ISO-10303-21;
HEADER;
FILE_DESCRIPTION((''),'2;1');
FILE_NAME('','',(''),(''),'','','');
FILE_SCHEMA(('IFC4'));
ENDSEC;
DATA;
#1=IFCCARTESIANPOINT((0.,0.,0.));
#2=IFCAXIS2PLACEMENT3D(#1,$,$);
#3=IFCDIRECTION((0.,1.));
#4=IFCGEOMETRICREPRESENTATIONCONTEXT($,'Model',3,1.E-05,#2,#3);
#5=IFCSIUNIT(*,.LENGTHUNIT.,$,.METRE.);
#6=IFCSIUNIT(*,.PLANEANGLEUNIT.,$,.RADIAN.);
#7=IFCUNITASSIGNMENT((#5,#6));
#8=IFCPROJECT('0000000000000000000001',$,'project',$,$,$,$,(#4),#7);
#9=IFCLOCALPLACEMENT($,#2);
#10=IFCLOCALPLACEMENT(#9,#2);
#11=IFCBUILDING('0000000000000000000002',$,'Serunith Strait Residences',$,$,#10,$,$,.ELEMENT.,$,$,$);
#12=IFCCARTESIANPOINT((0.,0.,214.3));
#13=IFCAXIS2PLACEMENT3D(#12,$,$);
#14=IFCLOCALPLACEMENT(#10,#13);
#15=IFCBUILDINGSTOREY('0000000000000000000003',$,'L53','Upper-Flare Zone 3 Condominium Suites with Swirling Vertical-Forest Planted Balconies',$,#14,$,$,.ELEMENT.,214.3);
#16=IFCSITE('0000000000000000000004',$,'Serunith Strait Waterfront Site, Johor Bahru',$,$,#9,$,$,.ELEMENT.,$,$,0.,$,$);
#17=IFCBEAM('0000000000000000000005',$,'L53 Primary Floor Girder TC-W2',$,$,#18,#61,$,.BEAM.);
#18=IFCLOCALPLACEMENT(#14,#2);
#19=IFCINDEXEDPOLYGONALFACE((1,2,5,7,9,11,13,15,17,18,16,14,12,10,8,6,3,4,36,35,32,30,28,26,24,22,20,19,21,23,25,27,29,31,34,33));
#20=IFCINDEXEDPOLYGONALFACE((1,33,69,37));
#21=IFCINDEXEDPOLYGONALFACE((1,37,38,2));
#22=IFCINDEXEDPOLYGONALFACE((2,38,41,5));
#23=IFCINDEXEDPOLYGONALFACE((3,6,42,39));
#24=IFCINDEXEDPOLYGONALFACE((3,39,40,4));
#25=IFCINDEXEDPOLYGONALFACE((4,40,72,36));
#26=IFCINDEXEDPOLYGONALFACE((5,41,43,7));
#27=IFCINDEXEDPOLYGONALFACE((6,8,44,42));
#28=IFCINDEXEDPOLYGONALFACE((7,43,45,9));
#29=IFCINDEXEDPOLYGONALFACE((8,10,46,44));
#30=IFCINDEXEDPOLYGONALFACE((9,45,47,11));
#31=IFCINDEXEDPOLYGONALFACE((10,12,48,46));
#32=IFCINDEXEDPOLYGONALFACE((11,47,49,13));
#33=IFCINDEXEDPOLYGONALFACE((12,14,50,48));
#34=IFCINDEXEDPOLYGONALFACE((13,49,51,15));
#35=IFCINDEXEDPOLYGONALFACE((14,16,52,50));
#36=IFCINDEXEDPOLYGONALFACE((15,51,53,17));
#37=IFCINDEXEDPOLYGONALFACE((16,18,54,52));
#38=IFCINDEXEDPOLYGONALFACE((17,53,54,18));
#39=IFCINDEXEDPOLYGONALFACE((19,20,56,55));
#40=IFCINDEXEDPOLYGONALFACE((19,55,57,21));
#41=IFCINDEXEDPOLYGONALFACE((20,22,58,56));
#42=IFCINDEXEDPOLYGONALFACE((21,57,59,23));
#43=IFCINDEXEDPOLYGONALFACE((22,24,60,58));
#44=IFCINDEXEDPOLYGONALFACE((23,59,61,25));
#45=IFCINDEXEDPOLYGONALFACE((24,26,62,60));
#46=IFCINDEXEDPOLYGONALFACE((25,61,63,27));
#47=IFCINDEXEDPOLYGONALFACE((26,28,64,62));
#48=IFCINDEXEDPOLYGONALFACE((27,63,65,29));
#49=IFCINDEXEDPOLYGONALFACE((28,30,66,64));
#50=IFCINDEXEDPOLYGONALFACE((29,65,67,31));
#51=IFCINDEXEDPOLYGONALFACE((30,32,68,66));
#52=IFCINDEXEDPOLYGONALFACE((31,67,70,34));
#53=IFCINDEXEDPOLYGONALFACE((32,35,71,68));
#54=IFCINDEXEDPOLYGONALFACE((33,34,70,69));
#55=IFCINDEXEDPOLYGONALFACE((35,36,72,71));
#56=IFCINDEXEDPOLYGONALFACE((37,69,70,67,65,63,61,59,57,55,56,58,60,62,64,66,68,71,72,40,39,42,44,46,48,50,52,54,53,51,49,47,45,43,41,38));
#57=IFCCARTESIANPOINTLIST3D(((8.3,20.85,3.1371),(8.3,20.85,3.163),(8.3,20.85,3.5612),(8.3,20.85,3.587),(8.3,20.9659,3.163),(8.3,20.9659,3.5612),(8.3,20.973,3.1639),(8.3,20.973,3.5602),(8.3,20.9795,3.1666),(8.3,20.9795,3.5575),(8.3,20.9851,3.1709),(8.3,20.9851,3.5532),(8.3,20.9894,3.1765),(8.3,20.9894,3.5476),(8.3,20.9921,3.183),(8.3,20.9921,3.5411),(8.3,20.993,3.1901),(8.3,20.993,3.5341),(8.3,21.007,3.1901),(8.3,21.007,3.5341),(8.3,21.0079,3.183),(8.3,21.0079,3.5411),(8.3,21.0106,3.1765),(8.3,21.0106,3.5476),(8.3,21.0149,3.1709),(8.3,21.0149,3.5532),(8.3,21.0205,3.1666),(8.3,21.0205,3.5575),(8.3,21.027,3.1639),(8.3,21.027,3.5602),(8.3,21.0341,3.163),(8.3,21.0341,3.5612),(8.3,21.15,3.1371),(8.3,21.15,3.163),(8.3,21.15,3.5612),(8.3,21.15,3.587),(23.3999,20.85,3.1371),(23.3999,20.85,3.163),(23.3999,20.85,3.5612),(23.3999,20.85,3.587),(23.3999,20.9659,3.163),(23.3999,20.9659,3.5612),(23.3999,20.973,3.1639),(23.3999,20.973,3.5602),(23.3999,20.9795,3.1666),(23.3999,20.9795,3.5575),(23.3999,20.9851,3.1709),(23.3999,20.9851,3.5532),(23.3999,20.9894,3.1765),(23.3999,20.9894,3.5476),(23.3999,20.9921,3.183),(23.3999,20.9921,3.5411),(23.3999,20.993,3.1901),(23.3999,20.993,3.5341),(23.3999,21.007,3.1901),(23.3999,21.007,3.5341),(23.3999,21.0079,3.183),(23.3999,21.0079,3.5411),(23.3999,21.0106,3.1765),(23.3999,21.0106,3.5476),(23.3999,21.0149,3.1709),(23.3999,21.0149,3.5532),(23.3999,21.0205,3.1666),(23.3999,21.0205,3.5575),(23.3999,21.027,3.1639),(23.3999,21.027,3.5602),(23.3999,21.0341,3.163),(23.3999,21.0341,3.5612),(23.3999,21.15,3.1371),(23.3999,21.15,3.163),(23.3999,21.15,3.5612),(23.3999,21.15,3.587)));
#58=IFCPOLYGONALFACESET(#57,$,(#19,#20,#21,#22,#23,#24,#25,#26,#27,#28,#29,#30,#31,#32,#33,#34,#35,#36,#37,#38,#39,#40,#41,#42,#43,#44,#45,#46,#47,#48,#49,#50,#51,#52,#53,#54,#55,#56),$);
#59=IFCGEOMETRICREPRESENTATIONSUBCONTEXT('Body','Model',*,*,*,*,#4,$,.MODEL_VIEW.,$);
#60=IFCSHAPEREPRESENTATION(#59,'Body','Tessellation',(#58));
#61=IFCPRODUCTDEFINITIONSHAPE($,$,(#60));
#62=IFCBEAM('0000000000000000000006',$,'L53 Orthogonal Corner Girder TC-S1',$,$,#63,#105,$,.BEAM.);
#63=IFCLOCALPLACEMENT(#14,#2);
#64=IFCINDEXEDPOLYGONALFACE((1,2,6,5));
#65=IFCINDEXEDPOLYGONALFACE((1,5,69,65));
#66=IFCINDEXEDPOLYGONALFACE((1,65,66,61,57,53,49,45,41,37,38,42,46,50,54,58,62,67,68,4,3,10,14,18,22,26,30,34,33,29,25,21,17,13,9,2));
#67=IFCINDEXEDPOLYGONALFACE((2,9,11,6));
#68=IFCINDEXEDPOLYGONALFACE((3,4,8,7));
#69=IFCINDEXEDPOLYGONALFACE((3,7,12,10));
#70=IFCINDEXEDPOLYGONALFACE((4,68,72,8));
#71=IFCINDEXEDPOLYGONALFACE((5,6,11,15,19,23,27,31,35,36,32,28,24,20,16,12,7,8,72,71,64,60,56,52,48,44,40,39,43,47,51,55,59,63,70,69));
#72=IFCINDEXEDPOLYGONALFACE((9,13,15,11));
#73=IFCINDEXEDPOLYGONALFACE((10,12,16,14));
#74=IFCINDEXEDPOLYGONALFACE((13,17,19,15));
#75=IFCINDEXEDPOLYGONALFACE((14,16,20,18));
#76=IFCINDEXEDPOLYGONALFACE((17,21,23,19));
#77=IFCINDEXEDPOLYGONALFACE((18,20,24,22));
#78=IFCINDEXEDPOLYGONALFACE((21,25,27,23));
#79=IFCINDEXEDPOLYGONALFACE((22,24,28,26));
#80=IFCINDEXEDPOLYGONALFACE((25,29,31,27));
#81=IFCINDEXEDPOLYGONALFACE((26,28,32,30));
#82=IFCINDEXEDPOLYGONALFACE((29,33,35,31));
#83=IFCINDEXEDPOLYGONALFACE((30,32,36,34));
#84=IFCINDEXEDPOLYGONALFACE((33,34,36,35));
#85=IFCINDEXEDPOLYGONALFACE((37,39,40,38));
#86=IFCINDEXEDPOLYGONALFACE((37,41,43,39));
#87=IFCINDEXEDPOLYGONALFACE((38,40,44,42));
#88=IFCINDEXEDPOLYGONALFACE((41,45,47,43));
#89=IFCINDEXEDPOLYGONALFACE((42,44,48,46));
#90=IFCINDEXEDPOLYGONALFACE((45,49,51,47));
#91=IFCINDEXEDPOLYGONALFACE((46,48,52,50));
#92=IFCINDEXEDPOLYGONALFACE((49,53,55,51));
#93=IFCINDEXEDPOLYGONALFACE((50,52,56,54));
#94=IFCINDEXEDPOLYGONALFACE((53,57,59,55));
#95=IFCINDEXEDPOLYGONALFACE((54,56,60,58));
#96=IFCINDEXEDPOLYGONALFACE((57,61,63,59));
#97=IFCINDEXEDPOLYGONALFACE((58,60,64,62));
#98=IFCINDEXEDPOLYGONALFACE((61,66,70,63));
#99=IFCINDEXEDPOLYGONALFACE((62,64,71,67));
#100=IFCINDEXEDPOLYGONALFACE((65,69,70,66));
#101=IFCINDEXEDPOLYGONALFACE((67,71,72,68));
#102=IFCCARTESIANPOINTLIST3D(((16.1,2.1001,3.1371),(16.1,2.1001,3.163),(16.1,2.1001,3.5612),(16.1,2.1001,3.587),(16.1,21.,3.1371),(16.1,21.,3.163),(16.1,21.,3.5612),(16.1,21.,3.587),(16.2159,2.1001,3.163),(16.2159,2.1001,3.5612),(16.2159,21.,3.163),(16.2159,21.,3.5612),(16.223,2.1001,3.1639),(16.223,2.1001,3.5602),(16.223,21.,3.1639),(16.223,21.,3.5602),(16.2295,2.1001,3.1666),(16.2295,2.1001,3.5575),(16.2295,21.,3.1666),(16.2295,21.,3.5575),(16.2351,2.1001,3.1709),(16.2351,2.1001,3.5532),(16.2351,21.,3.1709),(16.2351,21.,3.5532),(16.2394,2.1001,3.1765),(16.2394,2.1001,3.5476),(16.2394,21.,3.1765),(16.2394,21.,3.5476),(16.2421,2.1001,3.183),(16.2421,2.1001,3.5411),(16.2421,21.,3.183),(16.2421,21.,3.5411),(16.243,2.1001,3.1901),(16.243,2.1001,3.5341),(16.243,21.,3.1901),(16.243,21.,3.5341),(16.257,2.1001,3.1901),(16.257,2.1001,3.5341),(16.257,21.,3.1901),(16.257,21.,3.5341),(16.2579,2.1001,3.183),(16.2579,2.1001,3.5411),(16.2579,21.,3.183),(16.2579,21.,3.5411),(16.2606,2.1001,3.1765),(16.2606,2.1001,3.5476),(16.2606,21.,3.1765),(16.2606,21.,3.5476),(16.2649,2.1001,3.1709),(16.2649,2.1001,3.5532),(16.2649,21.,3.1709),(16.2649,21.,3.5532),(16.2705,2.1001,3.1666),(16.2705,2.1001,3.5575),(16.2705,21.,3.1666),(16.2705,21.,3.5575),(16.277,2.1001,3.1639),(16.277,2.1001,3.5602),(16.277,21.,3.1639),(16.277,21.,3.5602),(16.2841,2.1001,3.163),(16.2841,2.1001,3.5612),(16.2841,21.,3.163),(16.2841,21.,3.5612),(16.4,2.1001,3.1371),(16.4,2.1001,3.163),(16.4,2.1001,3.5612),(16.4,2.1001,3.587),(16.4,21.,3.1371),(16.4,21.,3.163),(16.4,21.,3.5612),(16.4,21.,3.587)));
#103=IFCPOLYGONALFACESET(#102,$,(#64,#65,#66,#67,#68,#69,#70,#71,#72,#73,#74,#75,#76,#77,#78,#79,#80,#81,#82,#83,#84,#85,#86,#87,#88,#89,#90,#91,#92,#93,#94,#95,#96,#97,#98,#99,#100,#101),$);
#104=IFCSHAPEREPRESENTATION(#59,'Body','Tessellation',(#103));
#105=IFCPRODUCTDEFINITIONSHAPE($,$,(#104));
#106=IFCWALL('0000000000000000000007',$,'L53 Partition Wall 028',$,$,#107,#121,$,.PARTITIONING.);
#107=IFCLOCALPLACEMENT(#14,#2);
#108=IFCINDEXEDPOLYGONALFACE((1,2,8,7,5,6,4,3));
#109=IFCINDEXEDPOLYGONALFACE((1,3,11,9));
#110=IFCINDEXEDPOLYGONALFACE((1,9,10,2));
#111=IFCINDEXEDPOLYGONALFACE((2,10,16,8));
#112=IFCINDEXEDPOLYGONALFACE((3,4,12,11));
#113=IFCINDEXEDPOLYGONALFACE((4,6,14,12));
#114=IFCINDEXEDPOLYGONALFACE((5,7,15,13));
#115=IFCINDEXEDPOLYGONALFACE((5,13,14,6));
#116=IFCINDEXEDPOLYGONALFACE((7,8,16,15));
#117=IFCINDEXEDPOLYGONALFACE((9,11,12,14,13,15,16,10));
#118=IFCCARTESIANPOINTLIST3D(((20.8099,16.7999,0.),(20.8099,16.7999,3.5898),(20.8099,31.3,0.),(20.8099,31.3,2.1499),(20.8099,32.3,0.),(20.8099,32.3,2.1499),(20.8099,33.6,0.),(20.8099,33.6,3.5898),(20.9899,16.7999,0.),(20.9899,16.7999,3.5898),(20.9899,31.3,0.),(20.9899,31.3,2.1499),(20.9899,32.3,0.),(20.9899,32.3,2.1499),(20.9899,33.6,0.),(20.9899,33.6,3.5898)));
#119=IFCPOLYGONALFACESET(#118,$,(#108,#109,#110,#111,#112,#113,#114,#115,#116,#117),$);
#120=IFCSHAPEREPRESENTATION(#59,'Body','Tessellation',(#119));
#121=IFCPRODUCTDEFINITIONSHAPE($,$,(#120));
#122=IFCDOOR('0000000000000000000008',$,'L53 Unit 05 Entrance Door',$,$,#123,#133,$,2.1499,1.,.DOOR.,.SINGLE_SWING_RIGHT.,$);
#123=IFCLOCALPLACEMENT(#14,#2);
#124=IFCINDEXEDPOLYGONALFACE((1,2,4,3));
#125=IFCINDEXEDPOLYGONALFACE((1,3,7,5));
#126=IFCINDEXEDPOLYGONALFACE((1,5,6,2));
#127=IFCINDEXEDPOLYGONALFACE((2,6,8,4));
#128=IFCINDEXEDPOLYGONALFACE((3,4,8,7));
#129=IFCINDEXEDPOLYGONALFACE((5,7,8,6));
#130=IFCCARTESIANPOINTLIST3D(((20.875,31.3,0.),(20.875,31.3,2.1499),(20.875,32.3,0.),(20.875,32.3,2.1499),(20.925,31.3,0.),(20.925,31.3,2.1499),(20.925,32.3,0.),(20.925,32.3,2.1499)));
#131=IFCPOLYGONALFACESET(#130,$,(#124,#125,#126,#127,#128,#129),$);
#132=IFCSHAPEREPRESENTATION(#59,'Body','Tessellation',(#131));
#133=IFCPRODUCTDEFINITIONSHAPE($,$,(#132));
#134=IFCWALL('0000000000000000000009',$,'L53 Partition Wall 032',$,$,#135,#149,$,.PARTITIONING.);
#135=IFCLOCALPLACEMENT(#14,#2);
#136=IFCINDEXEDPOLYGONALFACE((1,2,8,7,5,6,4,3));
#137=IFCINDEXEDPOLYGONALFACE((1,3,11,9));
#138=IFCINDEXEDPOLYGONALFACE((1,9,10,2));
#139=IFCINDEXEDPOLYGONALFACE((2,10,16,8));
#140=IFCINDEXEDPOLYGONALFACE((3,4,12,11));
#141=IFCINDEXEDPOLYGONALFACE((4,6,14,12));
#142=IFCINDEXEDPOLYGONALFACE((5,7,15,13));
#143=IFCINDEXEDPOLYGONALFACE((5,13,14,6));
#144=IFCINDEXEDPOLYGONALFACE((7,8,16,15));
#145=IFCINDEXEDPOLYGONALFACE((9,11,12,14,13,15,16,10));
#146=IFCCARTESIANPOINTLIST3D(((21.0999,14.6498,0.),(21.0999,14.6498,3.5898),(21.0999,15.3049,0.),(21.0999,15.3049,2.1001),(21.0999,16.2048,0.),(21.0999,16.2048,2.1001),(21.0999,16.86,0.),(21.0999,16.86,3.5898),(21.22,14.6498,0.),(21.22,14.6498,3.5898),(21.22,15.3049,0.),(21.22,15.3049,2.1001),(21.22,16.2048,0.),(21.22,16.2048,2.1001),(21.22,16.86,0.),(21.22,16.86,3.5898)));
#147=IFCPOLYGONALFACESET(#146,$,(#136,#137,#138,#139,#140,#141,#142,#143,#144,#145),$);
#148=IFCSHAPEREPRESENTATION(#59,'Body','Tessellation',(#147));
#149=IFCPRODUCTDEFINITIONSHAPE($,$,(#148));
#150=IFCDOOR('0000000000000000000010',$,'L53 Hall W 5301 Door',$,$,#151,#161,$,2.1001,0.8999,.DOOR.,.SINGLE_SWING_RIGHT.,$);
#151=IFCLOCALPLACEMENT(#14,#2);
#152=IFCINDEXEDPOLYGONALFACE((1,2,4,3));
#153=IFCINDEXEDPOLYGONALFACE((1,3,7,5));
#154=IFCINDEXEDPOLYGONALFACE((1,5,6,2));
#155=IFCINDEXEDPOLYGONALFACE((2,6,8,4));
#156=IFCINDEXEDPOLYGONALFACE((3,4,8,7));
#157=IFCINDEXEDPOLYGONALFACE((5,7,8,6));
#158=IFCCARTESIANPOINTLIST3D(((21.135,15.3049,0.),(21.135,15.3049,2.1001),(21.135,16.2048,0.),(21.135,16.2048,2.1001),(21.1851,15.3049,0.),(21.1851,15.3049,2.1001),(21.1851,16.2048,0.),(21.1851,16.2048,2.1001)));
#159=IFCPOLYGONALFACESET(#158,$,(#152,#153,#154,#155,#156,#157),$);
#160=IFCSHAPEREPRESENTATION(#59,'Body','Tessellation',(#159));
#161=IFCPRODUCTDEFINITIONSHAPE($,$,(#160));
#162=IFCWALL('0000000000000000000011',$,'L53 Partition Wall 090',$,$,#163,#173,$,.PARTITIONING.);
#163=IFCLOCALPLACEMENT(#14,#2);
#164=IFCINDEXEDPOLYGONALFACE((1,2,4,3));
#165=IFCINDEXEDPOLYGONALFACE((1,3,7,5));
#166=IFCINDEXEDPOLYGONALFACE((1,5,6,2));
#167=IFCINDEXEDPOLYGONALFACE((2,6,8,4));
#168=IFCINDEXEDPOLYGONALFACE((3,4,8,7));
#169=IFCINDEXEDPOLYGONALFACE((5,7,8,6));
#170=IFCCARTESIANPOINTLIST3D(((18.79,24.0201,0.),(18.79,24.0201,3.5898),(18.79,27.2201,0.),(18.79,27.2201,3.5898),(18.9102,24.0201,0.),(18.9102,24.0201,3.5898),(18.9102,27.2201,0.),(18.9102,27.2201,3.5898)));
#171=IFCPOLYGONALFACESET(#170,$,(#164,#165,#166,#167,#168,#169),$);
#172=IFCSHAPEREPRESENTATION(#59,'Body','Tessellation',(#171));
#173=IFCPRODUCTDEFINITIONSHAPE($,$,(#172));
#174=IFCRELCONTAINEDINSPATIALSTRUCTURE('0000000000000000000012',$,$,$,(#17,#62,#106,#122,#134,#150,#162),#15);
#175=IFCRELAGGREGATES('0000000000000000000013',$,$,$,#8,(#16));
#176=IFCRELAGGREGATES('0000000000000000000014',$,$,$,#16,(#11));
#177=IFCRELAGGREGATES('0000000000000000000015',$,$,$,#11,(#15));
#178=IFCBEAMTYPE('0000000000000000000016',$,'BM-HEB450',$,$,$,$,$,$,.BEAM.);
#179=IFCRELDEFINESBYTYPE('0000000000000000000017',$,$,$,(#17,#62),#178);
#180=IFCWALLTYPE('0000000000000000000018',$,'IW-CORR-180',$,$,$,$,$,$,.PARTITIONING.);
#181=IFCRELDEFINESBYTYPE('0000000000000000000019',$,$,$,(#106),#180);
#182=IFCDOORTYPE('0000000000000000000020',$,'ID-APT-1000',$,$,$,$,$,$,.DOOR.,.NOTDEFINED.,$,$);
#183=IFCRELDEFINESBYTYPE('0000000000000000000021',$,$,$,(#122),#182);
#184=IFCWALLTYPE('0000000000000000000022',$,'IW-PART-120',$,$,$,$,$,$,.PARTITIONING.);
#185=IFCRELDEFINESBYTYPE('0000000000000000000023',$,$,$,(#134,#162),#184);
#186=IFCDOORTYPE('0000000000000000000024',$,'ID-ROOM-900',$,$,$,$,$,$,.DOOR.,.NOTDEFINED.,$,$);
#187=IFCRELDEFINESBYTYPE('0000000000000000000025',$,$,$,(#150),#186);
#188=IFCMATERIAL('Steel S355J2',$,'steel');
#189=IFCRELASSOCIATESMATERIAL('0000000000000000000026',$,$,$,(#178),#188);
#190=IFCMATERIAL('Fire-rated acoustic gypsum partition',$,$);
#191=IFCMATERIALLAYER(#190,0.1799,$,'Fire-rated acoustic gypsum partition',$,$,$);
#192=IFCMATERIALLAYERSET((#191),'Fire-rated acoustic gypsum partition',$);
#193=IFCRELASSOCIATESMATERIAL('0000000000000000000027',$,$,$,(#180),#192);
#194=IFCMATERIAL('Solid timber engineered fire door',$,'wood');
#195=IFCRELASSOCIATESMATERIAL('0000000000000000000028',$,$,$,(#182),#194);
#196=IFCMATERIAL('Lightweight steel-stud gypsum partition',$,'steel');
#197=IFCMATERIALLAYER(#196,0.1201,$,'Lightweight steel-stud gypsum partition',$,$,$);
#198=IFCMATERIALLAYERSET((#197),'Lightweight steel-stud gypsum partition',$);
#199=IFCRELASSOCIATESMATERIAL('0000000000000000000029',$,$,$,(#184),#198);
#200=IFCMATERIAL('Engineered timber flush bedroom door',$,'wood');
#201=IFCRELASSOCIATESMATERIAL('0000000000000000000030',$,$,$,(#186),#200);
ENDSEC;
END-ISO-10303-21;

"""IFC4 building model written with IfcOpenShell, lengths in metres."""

from ifc_helpers import new_model, si_unit, direction, frame, frame_2d, origin, origin_2d, place, context, subcontext, project, spatial, rectangle, i_section, extrude, source, transform, mapped, material, layer, layer_set, material_profile, profile_set, type_object, element, fill, save


model = new_model("IFC4")

# Units and contexts
model_context = context("Model", 3, precision=1e-05, world=origin(), true_north=direction((0.0, 1.0)))
body_context = subcontext(model_context, "Body", "Model", "MODEL_VIEW")
ifc_project = project(units=[si_unit("LENGTHUNIT", "METRE"), si_unit("PLANEANGLEUNIT", "RADIAN")], contexts=[model_context])

# Site, building, storey
site_placement = place(None, origin())
site = spatial("IfcSite", under=ifc_project, at=site_placement, Name="Serunith Strait Waterfront Site, Johor Bahru", CompositionType="ELEMENT", RefElevation=0.0)
building_placement = place(site_placement, origin())
building = spatial("IfcBuilding", under=site, at=building_placement, Name="Serunith Strait Residences", CompositionType="ELEMENT")
storey_placement = place(building_placement, frame((0.0, 0.0, 214.3)))
storey = spatial("IfcBuildingStorey", under=building, at=storey_placement, Name="L53", Description="Upper-Flare Zone 3 Condominium Suites with Swirling Vertical-Forest Planted Balconies", CompositionType="ELEMENT", Elevation=214.3)

# Beams
ifc_material_1 = material(Name="Steel S355J2", Category="steel")
ifc_material_profile = material_profile(ifc_material_1, i_section(OverallWidth=0.3, OverallDepth=0.45, WebThickness=0.0139, FlangeThickness=0.0259, FilletRadius=0.0271, at=origin_2d()), Name="HEB 450")
ifc_profile_set = profile_set([ifc_material_profile], Name="Steel S355J2")
beam_type = type_object("IfcBeamType", Name="BM-HEB450", PredefinedType="BEAM", material=ifc_profile_set)
shared_shape_1 = source(origin(), body_context, "Body", "SweptSolid", [
    extrude(i_section(OverallWidth=0.3, OverallDepth=0.45, WebThickness=0.0139, FlangeThickness=0.0259, FilletRadius=0.0271, at=origin_2d()), origin(), (0.0, 0.0, 1.0), 15.0999),
])
beam_1_placement = place(storey_placement, frame((23.3999, 21.0, 3.3621), z_axis=(-1.0, 0.0, 0.0), x_axis=(0.0, -1.0, 0.0)))
element("IfcBeam", 1, at=beam_1_placement, inside=storey, type_object=beam_type, Name="L53 Primary Floor Girder TC-W2", PredefinedType="BEAM", context=body_context, shape_type="MappedRepresentation", body=[
    mapped(shared_shape_1, transform((0.0, 0.0, 0.0), scale=1.0)),
])
shared_shape_2 = source(origin(), body_context, "Body", "SweptSolid", [
    extrude(i_section(OverallWidth=0.3, OverallDepth=0.45, WebThickness=0.0139, FlangeThickness=0.0259, FilletRadius=0.0271, at=origin_2d()), origin(), (0.0, 0.0, 1.0), 18.8999),
])
beam_2_placement = place(storey_placement, frame((16.25, 21.0, 3.3621), z_axis=(0.0, -1.0, 0.0), x_axis=(1.0, 0.0, 0.0)))
element("IfcBeam", 2, at=beam_2_placement, inside=storey, type_object=beam_type, Name="L53 Orthogonal Corner Girder TC-S1", PredefinedType="BEAM", context=body_context, shape_type="MappedRepresentation", body=[
    mapped(shared_shape_2, transform((0.0, 0.0, 0.0), scale=1.0)),
])

# Walls, openings, doors
ifc_material_2 = material(Name="Fire-rated acoustic gypsum partition")
ifc_layer_1 = layer(ifc_material_2, 0.1799, Name="Fire-rated acoustic gypsum partition")
ifc_layer_set_1 = layer_set([ifc_layer_1], Name="Fire-rated acoustic gypsum partition")
wall_type_1 = type_object("IfcWallType", Name="IW-CORR-180", PredefinedType="PARTITIONING", material=ifc_layer_set_1)
ifc_material_3 = material(Name="Solid timber engineered fire door", Category="wood")
door_type_1 = type_object("IfcDoorType", Name="ID-APT-1000", OperationType="NOTDEFINED", PredefinedType="DOOR", material=ifc_material_3)
shared_shape_3 = source(origin(), body_context, "Body", "SweptSolid", [
    extrude(rectangle(XDim=1.0, YDim=2.1499, at=frame_2d((0.5, 1.075))), frame((0.0, 0.0249, 0.0), z_axis=(0.0, -1.0, 0.0), x_axis=(1.0, 0.0, 0.0)), (0.0, 0.0, 1.0), 0.05),
])
wall_1_placement = place(storey_placement, frame((20.8999, 16.8, 0.0), z_axis=(0.0, 0.0, 1.0), x_axis=(0.0, 1.0, 0.0)))
wall_1 = element("IfcWall", 3, at=wall_1_placement, inside=storey, type_object=wall_type_1, Name="L53 Partition Wall 028", PredefinedType="PARTITIONING", context=body_context, shape_type="SweptSolid", body=[
    extrude(rectangle(XDim=16.8, YDim=0.1799, at=frame_2d((8.3999, 0.0))), origin(), (0.0, 0.0, 1.0), 3.5898),
])
opening_1_placement = place(wall_1_placement, frame((14.5, 0.0, 0.0)))
opening_1 = element("IfcOpeningElement", 4, at=opening_1_placement, cuts=wall_1, PredefinedType="OPENING", context=body_context, shape_type="SweptSolid", body=[
    extrude(rectangle(XDim=1.0, YDim=2.1499, at=frame_2d((0.5, 1.075))), frame((0.0, 0.1001, 0.0), z_axis=(0.0, -1.0, 0.0), x_axis=(1.0, 0.0, 0.0)), (0.0, 0.0, 1.0), 0.2),
])
door_1_placement = place(opening_1_placement, origin())
door_1 = element("IfcDoor", 5, at=door_1_placement, inside=storey, type_object=door_type_1, Name="L53 Unit 05 Entrance Door", OperationType="SINGLE_SWING_RIGHT", OverallHeight=2.1499, OverallWidth=1.0, PredefinedType="DOOR", context=body_context, shape_type="MappedRepresentation", body=[
    mapped(shared_shape_3, transform((0.0, 0.0, 0.0), scale=1.0)),
])
fill(opening_1, door_1)
ifc_material_4 = material(Name="Lightweight steel-stud gypsum partition", Category="steel")
ifc_layer_2 = layer(ifc_material_4, 0.1201, Name="Lightweight steel-stud gypsum partition")
ifc_layer_set_2 = layer_set([ifc_layer_2], Name="Lightweight steel-stud gypsum partition")
wall_type_2 = type_object("IfcWallType", Name="IW-PART-120", PredefinedType="PARTITIONING", material=ifc_layer_set_2)
wall_2_placement = place(storey_placement, frame((21.1599, 14.6499, 0.0), z_axis=(0.0, 0.0, 1.0), x_axis=(0.0, 1.0, 0.0)))
wall_2 = element("IfcWall", 6, at=wall_2_placement, inside=storey, type_object=wall_type_2, Name="L53 Partition Wall 032", PredefinedType="PARTITIONING", context=body_context, shape_type="SweptSolid", body=[
    extrude(rectangle(XDim=2.2102, YDim=0.1201, at=frame_2d((1.105, 0.0))), origin(), (0.0, 0.0, 1.0), 3.5898),
])
opening_2_placement = place(wall_2_placement, frame((0.655, 0.0, 0.0)))
opening_2 = element("IfcOpeningElement", 7, at=opening_2_placement, cuts=wall_2, PredefinedType="OPENING", context=body_context, shape_type="SweptSolid", body=[
    extrude(rectangle(XDim=0.8999, YDim=2.1001, at=frame_2d((0.45, 1.05))), frame((0.0, 0.0701, 0.0), z_axis=(0.0, -1.0, 0.0), x_axis=(1.0, 0.0, 0.0)), (0.0, 0.0, 1.0), 0.1401),
])
ifc_material_5 = material(Name="Engineered timber flush bedroom door", Category="wood")
door_type_2 = type_object("IfcDoorType", Name="ID-ROOM-900", OperationType="NOTDEFINED", PredefinedType="DOOR", material=ifc_material_5)
shared_shape_4 = source(origin(), body_context, "Body", "SweptSolid", [
    extrude(rectangle(XDim=0.8999, YDim=2.1001, at=frame_2d((0.45, 1.05))), frame((0.0, 0.0249, 0.0), z_axis=(0.0, -1.0, 0.0), x_axis=(1.0, 0.0, 0.0)), (0.0, 0.0, 1.0), 0.05),
])
door_2_placement = place(opening_2_placement, origin())
door_2 = element("IfcDoor", 8, at=door_2_placement, inside=storey, type_object=door_type_2, Name="L53 Hall W 5301 Door", OperationType="SINGLE_SWING_RIGHT", OverallHeight=2.1001, OverallWidth=0.8999, PredefinedType="DOOR", context=body_context, shape_type="MappedRepresentation", body=[
    mapped(shared_shape_4, transform((0.0, 0.0, 0.0), scale=1.0)),
])
fill(opening_2, door_2)

# Wall
wall_3_placement = place(storey_placement, frame((18.8501, 24.02, 0.0), z_axis=(0.0, 0.0, 1.0), x_axis=(0.0, 1.0, 0.0)))
element("IfcWall", 9, at=wall_3_placement, inside=storey, type_object=wall_type_2, Name="L53 Partition Wall 090", PredefinedType="PARTITIONING", context=body_context, shape_type="SweptSolid", body=[
    extrude(rectangle(XDim=3.2, YDim=0.1201, at=frame_2d((1.6001, 0.0))), origin(), (0.0, 0.0, 1.0), 3.5898),
])

save(model, "model.ifc")
